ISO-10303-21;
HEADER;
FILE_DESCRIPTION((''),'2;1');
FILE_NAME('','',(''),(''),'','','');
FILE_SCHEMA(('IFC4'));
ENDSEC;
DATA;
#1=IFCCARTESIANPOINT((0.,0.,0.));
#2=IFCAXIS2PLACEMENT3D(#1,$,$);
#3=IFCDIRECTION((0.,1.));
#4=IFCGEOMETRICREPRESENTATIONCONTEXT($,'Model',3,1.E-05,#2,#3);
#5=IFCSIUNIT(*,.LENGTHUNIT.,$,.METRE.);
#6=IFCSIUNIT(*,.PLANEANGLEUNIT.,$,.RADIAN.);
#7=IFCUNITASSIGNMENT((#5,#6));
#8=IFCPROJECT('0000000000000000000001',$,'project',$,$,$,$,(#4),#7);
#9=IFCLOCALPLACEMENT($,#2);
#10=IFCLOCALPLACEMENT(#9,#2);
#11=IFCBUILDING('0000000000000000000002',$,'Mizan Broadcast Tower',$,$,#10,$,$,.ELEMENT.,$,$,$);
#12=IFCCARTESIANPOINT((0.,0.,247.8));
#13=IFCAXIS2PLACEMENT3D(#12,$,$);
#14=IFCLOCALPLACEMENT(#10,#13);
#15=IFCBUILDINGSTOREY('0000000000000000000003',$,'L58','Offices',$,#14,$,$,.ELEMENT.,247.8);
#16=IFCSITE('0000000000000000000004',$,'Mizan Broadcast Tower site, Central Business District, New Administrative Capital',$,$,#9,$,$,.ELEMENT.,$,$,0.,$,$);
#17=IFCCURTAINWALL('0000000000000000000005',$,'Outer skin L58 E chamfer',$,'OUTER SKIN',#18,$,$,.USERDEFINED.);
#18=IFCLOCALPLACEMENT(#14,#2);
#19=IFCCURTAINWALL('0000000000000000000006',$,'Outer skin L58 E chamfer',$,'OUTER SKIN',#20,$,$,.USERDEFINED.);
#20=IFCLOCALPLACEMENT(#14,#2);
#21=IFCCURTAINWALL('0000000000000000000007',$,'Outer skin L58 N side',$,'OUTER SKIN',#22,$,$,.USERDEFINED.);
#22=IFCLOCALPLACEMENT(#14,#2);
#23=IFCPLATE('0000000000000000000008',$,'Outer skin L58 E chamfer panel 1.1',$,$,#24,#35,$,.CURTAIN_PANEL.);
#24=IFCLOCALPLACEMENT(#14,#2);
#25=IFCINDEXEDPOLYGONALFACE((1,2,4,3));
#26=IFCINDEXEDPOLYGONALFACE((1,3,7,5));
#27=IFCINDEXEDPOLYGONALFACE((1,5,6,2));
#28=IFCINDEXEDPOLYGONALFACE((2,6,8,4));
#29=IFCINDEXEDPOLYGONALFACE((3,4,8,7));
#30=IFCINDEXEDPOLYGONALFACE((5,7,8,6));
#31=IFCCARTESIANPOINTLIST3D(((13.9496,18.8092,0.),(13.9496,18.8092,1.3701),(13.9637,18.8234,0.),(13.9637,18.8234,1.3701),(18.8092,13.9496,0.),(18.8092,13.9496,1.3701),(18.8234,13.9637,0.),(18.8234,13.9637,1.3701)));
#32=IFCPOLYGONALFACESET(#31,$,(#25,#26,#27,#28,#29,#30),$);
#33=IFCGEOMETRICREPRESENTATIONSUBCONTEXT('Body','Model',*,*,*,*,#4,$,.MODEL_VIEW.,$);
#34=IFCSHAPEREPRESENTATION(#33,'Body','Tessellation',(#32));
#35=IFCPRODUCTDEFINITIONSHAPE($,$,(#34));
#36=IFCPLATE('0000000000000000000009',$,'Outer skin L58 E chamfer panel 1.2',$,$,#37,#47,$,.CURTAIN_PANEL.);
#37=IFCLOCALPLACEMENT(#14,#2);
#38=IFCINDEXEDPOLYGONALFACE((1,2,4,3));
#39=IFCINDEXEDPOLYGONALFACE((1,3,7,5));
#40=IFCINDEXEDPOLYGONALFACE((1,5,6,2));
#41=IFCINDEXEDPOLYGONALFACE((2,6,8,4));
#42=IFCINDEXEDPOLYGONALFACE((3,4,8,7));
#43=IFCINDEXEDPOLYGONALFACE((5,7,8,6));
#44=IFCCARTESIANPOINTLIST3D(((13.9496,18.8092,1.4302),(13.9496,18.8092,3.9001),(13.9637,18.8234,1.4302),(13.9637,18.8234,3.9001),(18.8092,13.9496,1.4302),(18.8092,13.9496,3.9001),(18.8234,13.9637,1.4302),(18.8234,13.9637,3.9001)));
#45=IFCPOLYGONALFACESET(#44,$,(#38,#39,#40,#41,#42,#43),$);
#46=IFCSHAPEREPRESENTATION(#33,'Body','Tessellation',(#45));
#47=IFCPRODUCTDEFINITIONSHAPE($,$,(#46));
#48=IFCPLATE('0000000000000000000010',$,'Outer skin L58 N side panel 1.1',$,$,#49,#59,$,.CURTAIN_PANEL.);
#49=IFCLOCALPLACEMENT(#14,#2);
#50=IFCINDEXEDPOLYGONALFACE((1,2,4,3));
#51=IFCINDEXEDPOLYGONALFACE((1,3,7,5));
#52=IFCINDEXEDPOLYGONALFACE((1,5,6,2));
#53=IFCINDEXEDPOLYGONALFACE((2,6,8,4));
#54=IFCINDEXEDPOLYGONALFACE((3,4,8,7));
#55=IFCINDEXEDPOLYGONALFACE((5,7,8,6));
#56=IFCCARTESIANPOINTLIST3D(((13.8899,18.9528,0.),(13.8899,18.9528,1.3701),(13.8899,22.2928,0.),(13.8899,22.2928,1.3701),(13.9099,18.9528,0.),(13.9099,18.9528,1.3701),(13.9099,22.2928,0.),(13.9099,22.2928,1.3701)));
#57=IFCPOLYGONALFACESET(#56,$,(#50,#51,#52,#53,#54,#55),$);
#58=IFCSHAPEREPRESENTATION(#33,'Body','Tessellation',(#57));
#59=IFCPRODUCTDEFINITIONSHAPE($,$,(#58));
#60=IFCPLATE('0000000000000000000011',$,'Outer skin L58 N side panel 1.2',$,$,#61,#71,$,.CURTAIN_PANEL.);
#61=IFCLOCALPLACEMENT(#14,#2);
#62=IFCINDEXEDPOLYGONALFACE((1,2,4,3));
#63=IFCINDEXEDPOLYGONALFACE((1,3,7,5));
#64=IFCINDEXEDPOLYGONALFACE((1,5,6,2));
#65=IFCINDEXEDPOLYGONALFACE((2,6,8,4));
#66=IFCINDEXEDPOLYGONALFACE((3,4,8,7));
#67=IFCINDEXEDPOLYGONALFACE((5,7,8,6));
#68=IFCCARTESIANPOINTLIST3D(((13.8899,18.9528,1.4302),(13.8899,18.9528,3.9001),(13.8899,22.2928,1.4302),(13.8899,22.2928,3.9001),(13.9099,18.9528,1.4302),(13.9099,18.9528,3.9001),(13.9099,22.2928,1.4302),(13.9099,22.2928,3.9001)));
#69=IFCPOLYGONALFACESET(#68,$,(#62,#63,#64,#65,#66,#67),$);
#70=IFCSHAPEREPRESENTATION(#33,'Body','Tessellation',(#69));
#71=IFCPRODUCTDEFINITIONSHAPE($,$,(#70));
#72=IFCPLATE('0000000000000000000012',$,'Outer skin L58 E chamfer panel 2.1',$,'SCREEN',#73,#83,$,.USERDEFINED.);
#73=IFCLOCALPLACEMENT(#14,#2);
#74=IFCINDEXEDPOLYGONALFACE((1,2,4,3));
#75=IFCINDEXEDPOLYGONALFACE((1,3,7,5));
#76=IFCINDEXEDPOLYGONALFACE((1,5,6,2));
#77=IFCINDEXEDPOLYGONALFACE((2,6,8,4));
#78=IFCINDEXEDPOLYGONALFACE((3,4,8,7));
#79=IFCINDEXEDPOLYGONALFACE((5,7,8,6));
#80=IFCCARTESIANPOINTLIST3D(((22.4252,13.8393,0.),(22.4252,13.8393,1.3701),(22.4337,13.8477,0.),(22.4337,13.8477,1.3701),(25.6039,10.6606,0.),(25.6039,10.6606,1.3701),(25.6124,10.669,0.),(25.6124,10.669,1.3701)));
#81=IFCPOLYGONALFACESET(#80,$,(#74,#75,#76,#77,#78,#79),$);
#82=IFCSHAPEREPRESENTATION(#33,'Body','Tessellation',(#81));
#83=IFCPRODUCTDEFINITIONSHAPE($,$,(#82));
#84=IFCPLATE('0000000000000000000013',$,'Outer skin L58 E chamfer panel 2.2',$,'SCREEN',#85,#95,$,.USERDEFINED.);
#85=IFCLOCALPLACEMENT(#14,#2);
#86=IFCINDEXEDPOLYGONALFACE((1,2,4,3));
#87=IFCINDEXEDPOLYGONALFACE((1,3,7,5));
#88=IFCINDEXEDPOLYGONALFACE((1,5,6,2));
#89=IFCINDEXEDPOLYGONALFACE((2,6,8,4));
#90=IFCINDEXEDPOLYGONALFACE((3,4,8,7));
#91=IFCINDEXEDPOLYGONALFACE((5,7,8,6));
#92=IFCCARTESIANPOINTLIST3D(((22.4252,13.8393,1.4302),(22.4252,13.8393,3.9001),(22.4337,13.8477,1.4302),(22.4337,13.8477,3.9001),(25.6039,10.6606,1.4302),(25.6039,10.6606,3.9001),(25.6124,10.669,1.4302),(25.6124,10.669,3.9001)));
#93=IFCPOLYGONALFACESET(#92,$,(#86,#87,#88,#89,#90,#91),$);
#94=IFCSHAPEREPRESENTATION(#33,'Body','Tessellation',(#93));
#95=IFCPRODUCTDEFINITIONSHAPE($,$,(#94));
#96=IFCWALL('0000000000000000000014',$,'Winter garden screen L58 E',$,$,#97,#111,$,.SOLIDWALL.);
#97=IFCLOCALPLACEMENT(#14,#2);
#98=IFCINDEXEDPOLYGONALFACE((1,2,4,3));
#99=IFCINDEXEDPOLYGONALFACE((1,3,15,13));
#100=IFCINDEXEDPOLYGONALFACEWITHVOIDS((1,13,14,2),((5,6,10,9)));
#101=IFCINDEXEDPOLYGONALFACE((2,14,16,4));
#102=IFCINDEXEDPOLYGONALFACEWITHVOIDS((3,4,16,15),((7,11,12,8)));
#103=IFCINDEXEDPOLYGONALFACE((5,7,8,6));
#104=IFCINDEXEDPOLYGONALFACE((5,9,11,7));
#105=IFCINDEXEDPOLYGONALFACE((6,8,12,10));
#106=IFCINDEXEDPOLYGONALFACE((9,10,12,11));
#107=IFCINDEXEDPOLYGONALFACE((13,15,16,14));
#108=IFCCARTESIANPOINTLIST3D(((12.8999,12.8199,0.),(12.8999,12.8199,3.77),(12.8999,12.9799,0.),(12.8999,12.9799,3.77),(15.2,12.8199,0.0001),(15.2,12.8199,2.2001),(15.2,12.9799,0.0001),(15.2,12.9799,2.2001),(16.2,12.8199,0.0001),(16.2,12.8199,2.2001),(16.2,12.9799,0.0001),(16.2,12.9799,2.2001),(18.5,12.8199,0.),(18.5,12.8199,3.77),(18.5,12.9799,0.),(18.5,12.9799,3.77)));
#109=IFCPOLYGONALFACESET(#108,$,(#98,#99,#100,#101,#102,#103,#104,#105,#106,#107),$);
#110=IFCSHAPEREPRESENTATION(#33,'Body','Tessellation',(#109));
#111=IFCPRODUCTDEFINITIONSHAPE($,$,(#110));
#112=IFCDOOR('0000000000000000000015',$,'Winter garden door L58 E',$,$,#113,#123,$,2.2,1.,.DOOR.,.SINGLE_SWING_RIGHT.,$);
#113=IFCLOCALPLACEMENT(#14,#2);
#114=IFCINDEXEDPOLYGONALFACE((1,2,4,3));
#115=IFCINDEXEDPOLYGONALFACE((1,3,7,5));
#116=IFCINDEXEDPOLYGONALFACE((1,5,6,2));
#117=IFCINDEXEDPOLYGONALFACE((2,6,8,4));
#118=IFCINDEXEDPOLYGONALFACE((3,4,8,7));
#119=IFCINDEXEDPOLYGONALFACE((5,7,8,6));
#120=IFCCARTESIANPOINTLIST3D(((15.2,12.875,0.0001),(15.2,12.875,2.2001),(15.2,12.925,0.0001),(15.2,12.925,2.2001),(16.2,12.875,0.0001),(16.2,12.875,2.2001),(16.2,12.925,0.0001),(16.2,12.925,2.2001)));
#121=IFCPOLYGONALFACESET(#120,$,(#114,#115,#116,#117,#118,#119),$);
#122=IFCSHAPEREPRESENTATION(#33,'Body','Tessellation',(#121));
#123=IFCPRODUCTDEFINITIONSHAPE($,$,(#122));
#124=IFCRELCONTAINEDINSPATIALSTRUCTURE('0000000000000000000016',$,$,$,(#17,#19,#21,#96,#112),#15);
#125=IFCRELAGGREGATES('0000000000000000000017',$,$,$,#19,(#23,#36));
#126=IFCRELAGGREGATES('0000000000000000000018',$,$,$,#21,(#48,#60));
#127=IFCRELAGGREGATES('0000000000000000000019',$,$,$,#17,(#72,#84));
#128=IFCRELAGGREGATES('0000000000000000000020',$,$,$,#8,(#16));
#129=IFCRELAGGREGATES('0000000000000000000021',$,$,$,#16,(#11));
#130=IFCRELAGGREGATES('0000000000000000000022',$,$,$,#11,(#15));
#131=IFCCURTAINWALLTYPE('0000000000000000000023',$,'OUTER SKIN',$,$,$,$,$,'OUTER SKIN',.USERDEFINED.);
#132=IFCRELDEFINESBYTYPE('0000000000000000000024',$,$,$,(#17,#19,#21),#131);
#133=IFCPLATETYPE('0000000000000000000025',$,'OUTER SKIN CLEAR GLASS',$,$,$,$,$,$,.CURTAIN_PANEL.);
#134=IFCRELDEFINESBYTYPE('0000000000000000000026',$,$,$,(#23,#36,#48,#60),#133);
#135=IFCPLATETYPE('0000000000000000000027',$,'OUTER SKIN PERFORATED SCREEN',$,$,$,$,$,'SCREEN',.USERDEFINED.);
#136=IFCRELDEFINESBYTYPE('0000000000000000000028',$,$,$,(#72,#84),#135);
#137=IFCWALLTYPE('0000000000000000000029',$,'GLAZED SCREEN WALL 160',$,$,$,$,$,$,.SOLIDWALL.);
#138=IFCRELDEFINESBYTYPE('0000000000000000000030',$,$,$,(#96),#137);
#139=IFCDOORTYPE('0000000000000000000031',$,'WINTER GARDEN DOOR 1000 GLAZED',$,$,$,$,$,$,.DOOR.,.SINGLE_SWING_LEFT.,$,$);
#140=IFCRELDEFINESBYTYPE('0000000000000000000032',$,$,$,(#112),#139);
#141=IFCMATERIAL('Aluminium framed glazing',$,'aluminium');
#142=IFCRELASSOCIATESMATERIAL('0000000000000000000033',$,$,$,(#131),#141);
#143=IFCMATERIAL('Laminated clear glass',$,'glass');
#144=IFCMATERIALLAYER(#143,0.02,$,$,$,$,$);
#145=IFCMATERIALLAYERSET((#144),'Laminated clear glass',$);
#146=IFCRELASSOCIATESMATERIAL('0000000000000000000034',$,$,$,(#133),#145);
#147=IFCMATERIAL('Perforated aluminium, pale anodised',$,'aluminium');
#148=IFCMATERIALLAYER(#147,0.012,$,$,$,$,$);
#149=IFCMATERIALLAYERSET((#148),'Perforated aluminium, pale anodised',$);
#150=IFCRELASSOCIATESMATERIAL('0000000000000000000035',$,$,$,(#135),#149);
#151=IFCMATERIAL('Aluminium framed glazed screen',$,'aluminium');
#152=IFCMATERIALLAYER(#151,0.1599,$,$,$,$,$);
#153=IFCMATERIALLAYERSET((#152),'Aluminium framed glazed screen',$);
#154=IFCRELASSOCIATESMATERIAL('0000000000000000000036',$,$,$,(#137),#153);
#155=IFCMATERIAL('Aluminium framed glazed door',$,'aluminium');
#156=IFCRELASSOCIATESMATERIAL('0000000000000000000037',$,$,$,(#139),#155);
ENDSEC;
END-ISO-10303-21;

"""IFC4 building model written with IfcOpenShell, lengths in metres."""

from ifc_helpers import new_model, si_unit, direction, frame, frame_2d, origin, origin_2d, place, context, subcontext, project, spatial, rectangle, extrude, material, layer, layer_set, type_object, element, fill, aggregate, save


model = new_model("IFC4")

# Units and contexts
model_context = context("Model", 3, precision=1e-05, world=origin(), true_north=direction((0.0, 1.0)))
body_context = subcontext(model_context, "Body", "Model", "MODEL_VIEW")
ifc_project = project(units=[si_unit("LENGTHUNIT", "METRE"), si_unit("PLANEANGLEUNIT", "RADIAN")], contexts=[model_context])

# Site, building, storey
site_placement = place(None, origin())
site = spatial("IfcSite", under=ifc_project, at=site_placement, Name="Mizan Broadcast Tower site, Central Business District, New Administrative Capital", CompositionType="ELEMENT", RefElevation=0.0)
building_placement = place(site_placement, origin())
building = spatial("IfcBuilding", under=site, at=building_placement, Name="Mizan Broadcast Tower", CompositionType="ELEMENT")
storey_placement = place(building_placement, frame((0.0, 0.0, 247.8)))
storey = spatial("IfcBuildingStorey", under=building, at=storey_placement, Name="L58", Description="Offices", CompositionType="ELEMENT", Elevation=247.8)

# Curtain walls
ifc_material_1 = material(Name="Aluminium framed glazing", Category="aluminium")
curtain_wall_type_1 = type_object("IfcCurtainWallType", Name="OUTER SKIN", ElementType="OUTER SKIN", PredefinedType="USERDEFINED", material=ifc_material_1)
curtain_wall_1_placement = place(storey_placement, origin())
curtain_wall_1 = element("IfcCurtainWall", 1, at=curtain_wall_1_placement, inside=storey, type_object=curtain_wall_type_1, Name="Outer skin L58 E chamfer", ObjectType="OUTER SKIN", PredefinedType="USERDEFINED")
curtain_wall_2_placement = place(storey_placement, origin())
curtain_wall_2 = element("IfcCurtainWall", 2, at=curtain_wall_2_placement, inside=storey, type_object=curtain_wall_type_1, Name="Outer skin L58 E chamfer", ObjectType="OUTER SKIN", PredefinedType="USERDEFINED")
curtain_wall_3_placement = place(storey_placement, origin())
curtain_wall_3 = element("IfcCurtainWall", 3, at=curtain_wall_3_placement, inside=storey, type_object=curtain_wall_type_1, Name="Outer skin L58 N side", ObjectType="OUTER SKIN", PredefinedType="USERDEFINED")

# Plates
ifc_material_2 = material(Name="Laminated clear glass", Category="glass")
ifc_layer_1 = layer(ifc_material_2, 0.02)
ifc_layer_set_1 = layer_set([ifc_layer_1], Name="Laminated clear glass")
plate_type_1 = type_object("IfcPlateType", Name="OUTER SKIN CLEAR GLASS", PredefinedType="CURTAIN_PANEL", material=ifc_layer_set_1)
plate_1_placement = place(storey_placement, frame((16.3865, 16.3865, 0.0), z_axis=(0.0, 0.0, 1.0), x_axis=(-0.707107, 0.707107, 0.0)))
plate_1 = element("IfcPlate", 4, at=plate_1_placement, type_object=plate_type_1, Name="Outer skin L58 E chamfer panel 1.1", PredefinedType="CURTAIN_PANEL", context=body_context, shape_type="SweptSolid", body=[
    extrude(rectangle(XDim=6.8726, YDim=0.02, at=origin_2d()), origin(), (0.0, 0.0, 1.0), 1.3701),
])
plate_2_placement = place(storey_placement, frame((16.3865, 16.3865, 1.4302), z_axis=(0.0, 0.0, 1.0), x_axis=(-0.707107, 0.707107, 0.0)))
plate_2 = element("IfcPlate", 5, at=plate_2_placement, type_object=plate_type_1, Name="Outer skin L58 E chamfer panel 1.2", PredefinedType="CURTAIN_PANEL", context=body_context, shape_type="SweptSolid", body=[
    extrude(rectangle(XDim=6.8726, YDim=0.02, at=origin_2d()), origin(), (0.0, 0.0, 1.0), 2.47),
])
aggregate(curtain_wall_2, [plate_1, plate_2])
plate_3_placement = place(storey_placement, frame((13.8999, 20.6228, 0.0), z_axis=(0.0, 0.0, 1.0), x_axis=(0.0, 1.0, 0.0)))
plate_3 = element("IfcPlate", 6, at=plate_3_placement, type_object=plate_type_1, Name="Outer skin L58 N side panel 1.1", PredefinedType="CURTAIN_PANEL", context=body_context, shape_type="SweptSolid", body=[
    extrude(rectangle(XDim=3.3401, YDim=0.02, at=origin_2d()), origin(), (0.0, 0.0, 1.0), 1.3701),
])
plate_4_placement = place(storey_placement, frame((13.8999, 20.6228, 1.4302), z_axis=(0.0, 0.0, 1.0), x_axis=(0.0, 1.0, 0.0)))
plate_4 = element("IfcPlate", 7, at=plate_4_placement, type_object=plate_type_1, Name="Outer skin L58 N side panel 1.2", PredefinedType="CURTAIN_PANEL", context=body_context, shape_type="SweptSolid", body=[
    extrude(rectangle(XDim=3.3401, YDim=0.02, at=origin_2d()), origin(), (0.0, 0.0, 1.0), 2.47),
])
aggregate(curtain_wall_3, [plate_3, plate_4])
ifc_material_3 = material(Name="Perforated aluminium, pale anodised", Category="aluminium")
ifc_layer_2 = layer(ifc_material_3, 0.012)
ifc_layer_set_2 = layer_set([ifc_layer_2], Name="Perforated aluminium, pale anodised")
plate_type_2 = type_object("IfcPlateType", Name="OUTER SKIN PERFORATED SCREEN", ElementType="SCREEN", PredefinedType="USERDEFINED", material=ifc_layer_set_2)
plate_5_placement = place(storey_placement, frame((24.0188, 12.2542, 0.0), z_axis=(0.0, 0.0, 1.0), x_axis=(-0.707107, 0.707107, 0.0)))
plate_5 = element("IfcPlate", 8, at=plate_5_placement, type_object=plate_type_2, Name="Outer skin L58 E chamfer panel 2.1", ObjectType="SCREEN", PredefinedType="USERDEFINED", context=body_context, shape_type="SweptSolid", body=[
    extrude(rectangle(XDim=4.4954, YDim=0.012, at=origin_2d()), origin(), (0.0, 0.0, 1.0), 1.3701),
])
plate_6_placement = place(storey_placement, frame((24.0188, 12.2542, 1.4302), z_axis=(0.0, 0.0, 1.0), x_axis=(-0.707107, 0.707107, 0.0)))
plate_6 = element("IfcPlate", 9, at=plate_6_placement, type_object=plate_type_2, Name="Outer skin L58 E chamfer panel 2.2", ObjectType="SCREEN", PredefinedType="USERDEFINED", context=body_context, shape_type="SweptSolid", body=[
    extrude(rectangle(XDim=4.4954, YDim=0.012, at=origin_2d()), origin(), (0.0, 0.0, 1.0), 2.47),
])
aggregate(curtain_wall_1, [plate_5, plate_6])

# Wall, opening, door
ifc_material_4 = material(Name="Aluminium framed glazed screen", Category="aluminium")
ifc_layer_3 = layer(ifc_material_4, 0.1599)
ifc_layer_set_3 = layer_set([ifc_layer_3], Name="Aluminium framed glazed screen")
wall_type = type_object("IfcWallType", Name="GLAZED SCREEN WALL 160", PredefinedType="SOLIDWALL", material=ifc_layer_set_3)
wall_placement = place(storey_placement, frame((18.5, 12.8999, 0.0), z_axis=(0.0, 0.0, 1.0), x_axis=(-1.0, 0.0, 0.0)))
wall = element("IfcWall", 10, at=wall_placement, inside=storey, type_object=wall_type, Name="Winter garden screen L58 E", PredefinedType="SOLIDWALL", context=body_context, shape_type="SweptSolid", body=[
    extrude(rectangle(XDim=5.6001, YDim=0.1599, at=frame_2d((2.8, 0.0))), origin(), (0.0, 0.0, 1.0), 3.77),
])
opening_placement = place(wall_placement, frame((2.3, 0.0, 0.0)))
opening = element("IfcOpeningElement", 11, at=opening_placement, cuts=wall, PredefinedType="OPENING", context=body_context, shape_type="SweptSolid", body=[
    extrude(rectangle(XDim=1.0, YDim=2.2, at=frame_2d((0.5, 1.1001))), frame((0.0, 0.0898, 0.0), z_axis=(0.0, -1.0, 0.0), x_axis=(1.0, 0.0, 0.0)), (0.0, 0.0, 1.0), 0.1799),
])
ifc_material_5 = material(Name="Aluminium framed glazed door", Category="aluminium")
door_type = type_object("IfcDoorType", Name="WINTER GARDEN DOOR 1000 GLAZED", OperationType="SINGLE_SWING_LEFT", PredefinedType="DOOR", material=ifc_material_5)
door_placement = place(opening_placement, origin())
door = element("IfcDoor", 12, at=door_placement, inside=storey, type_object=door_type, Name="Winter garden door L58 E", OperationType="SINGLE_SWING_RIGHT", OverallHeight=2.2, OverallWidth=1.0, PredefinedType="DOOR", context=body_context, shape_type="SweptSolid", body=[
    extrude(rectangle(XDim=1.0, YDim=2.2, at=frame_2d((0.5, 1.1001))), frame((0.0, 0.0249, 0.0), z_axis=(0.0, -1.0, 0.0), x_axis=(1.0, 0.0, 0.0)), (0.0, 0.0, 1.0), 0.05),
])
fill(opening, door)

save(model, "model.ifc")
